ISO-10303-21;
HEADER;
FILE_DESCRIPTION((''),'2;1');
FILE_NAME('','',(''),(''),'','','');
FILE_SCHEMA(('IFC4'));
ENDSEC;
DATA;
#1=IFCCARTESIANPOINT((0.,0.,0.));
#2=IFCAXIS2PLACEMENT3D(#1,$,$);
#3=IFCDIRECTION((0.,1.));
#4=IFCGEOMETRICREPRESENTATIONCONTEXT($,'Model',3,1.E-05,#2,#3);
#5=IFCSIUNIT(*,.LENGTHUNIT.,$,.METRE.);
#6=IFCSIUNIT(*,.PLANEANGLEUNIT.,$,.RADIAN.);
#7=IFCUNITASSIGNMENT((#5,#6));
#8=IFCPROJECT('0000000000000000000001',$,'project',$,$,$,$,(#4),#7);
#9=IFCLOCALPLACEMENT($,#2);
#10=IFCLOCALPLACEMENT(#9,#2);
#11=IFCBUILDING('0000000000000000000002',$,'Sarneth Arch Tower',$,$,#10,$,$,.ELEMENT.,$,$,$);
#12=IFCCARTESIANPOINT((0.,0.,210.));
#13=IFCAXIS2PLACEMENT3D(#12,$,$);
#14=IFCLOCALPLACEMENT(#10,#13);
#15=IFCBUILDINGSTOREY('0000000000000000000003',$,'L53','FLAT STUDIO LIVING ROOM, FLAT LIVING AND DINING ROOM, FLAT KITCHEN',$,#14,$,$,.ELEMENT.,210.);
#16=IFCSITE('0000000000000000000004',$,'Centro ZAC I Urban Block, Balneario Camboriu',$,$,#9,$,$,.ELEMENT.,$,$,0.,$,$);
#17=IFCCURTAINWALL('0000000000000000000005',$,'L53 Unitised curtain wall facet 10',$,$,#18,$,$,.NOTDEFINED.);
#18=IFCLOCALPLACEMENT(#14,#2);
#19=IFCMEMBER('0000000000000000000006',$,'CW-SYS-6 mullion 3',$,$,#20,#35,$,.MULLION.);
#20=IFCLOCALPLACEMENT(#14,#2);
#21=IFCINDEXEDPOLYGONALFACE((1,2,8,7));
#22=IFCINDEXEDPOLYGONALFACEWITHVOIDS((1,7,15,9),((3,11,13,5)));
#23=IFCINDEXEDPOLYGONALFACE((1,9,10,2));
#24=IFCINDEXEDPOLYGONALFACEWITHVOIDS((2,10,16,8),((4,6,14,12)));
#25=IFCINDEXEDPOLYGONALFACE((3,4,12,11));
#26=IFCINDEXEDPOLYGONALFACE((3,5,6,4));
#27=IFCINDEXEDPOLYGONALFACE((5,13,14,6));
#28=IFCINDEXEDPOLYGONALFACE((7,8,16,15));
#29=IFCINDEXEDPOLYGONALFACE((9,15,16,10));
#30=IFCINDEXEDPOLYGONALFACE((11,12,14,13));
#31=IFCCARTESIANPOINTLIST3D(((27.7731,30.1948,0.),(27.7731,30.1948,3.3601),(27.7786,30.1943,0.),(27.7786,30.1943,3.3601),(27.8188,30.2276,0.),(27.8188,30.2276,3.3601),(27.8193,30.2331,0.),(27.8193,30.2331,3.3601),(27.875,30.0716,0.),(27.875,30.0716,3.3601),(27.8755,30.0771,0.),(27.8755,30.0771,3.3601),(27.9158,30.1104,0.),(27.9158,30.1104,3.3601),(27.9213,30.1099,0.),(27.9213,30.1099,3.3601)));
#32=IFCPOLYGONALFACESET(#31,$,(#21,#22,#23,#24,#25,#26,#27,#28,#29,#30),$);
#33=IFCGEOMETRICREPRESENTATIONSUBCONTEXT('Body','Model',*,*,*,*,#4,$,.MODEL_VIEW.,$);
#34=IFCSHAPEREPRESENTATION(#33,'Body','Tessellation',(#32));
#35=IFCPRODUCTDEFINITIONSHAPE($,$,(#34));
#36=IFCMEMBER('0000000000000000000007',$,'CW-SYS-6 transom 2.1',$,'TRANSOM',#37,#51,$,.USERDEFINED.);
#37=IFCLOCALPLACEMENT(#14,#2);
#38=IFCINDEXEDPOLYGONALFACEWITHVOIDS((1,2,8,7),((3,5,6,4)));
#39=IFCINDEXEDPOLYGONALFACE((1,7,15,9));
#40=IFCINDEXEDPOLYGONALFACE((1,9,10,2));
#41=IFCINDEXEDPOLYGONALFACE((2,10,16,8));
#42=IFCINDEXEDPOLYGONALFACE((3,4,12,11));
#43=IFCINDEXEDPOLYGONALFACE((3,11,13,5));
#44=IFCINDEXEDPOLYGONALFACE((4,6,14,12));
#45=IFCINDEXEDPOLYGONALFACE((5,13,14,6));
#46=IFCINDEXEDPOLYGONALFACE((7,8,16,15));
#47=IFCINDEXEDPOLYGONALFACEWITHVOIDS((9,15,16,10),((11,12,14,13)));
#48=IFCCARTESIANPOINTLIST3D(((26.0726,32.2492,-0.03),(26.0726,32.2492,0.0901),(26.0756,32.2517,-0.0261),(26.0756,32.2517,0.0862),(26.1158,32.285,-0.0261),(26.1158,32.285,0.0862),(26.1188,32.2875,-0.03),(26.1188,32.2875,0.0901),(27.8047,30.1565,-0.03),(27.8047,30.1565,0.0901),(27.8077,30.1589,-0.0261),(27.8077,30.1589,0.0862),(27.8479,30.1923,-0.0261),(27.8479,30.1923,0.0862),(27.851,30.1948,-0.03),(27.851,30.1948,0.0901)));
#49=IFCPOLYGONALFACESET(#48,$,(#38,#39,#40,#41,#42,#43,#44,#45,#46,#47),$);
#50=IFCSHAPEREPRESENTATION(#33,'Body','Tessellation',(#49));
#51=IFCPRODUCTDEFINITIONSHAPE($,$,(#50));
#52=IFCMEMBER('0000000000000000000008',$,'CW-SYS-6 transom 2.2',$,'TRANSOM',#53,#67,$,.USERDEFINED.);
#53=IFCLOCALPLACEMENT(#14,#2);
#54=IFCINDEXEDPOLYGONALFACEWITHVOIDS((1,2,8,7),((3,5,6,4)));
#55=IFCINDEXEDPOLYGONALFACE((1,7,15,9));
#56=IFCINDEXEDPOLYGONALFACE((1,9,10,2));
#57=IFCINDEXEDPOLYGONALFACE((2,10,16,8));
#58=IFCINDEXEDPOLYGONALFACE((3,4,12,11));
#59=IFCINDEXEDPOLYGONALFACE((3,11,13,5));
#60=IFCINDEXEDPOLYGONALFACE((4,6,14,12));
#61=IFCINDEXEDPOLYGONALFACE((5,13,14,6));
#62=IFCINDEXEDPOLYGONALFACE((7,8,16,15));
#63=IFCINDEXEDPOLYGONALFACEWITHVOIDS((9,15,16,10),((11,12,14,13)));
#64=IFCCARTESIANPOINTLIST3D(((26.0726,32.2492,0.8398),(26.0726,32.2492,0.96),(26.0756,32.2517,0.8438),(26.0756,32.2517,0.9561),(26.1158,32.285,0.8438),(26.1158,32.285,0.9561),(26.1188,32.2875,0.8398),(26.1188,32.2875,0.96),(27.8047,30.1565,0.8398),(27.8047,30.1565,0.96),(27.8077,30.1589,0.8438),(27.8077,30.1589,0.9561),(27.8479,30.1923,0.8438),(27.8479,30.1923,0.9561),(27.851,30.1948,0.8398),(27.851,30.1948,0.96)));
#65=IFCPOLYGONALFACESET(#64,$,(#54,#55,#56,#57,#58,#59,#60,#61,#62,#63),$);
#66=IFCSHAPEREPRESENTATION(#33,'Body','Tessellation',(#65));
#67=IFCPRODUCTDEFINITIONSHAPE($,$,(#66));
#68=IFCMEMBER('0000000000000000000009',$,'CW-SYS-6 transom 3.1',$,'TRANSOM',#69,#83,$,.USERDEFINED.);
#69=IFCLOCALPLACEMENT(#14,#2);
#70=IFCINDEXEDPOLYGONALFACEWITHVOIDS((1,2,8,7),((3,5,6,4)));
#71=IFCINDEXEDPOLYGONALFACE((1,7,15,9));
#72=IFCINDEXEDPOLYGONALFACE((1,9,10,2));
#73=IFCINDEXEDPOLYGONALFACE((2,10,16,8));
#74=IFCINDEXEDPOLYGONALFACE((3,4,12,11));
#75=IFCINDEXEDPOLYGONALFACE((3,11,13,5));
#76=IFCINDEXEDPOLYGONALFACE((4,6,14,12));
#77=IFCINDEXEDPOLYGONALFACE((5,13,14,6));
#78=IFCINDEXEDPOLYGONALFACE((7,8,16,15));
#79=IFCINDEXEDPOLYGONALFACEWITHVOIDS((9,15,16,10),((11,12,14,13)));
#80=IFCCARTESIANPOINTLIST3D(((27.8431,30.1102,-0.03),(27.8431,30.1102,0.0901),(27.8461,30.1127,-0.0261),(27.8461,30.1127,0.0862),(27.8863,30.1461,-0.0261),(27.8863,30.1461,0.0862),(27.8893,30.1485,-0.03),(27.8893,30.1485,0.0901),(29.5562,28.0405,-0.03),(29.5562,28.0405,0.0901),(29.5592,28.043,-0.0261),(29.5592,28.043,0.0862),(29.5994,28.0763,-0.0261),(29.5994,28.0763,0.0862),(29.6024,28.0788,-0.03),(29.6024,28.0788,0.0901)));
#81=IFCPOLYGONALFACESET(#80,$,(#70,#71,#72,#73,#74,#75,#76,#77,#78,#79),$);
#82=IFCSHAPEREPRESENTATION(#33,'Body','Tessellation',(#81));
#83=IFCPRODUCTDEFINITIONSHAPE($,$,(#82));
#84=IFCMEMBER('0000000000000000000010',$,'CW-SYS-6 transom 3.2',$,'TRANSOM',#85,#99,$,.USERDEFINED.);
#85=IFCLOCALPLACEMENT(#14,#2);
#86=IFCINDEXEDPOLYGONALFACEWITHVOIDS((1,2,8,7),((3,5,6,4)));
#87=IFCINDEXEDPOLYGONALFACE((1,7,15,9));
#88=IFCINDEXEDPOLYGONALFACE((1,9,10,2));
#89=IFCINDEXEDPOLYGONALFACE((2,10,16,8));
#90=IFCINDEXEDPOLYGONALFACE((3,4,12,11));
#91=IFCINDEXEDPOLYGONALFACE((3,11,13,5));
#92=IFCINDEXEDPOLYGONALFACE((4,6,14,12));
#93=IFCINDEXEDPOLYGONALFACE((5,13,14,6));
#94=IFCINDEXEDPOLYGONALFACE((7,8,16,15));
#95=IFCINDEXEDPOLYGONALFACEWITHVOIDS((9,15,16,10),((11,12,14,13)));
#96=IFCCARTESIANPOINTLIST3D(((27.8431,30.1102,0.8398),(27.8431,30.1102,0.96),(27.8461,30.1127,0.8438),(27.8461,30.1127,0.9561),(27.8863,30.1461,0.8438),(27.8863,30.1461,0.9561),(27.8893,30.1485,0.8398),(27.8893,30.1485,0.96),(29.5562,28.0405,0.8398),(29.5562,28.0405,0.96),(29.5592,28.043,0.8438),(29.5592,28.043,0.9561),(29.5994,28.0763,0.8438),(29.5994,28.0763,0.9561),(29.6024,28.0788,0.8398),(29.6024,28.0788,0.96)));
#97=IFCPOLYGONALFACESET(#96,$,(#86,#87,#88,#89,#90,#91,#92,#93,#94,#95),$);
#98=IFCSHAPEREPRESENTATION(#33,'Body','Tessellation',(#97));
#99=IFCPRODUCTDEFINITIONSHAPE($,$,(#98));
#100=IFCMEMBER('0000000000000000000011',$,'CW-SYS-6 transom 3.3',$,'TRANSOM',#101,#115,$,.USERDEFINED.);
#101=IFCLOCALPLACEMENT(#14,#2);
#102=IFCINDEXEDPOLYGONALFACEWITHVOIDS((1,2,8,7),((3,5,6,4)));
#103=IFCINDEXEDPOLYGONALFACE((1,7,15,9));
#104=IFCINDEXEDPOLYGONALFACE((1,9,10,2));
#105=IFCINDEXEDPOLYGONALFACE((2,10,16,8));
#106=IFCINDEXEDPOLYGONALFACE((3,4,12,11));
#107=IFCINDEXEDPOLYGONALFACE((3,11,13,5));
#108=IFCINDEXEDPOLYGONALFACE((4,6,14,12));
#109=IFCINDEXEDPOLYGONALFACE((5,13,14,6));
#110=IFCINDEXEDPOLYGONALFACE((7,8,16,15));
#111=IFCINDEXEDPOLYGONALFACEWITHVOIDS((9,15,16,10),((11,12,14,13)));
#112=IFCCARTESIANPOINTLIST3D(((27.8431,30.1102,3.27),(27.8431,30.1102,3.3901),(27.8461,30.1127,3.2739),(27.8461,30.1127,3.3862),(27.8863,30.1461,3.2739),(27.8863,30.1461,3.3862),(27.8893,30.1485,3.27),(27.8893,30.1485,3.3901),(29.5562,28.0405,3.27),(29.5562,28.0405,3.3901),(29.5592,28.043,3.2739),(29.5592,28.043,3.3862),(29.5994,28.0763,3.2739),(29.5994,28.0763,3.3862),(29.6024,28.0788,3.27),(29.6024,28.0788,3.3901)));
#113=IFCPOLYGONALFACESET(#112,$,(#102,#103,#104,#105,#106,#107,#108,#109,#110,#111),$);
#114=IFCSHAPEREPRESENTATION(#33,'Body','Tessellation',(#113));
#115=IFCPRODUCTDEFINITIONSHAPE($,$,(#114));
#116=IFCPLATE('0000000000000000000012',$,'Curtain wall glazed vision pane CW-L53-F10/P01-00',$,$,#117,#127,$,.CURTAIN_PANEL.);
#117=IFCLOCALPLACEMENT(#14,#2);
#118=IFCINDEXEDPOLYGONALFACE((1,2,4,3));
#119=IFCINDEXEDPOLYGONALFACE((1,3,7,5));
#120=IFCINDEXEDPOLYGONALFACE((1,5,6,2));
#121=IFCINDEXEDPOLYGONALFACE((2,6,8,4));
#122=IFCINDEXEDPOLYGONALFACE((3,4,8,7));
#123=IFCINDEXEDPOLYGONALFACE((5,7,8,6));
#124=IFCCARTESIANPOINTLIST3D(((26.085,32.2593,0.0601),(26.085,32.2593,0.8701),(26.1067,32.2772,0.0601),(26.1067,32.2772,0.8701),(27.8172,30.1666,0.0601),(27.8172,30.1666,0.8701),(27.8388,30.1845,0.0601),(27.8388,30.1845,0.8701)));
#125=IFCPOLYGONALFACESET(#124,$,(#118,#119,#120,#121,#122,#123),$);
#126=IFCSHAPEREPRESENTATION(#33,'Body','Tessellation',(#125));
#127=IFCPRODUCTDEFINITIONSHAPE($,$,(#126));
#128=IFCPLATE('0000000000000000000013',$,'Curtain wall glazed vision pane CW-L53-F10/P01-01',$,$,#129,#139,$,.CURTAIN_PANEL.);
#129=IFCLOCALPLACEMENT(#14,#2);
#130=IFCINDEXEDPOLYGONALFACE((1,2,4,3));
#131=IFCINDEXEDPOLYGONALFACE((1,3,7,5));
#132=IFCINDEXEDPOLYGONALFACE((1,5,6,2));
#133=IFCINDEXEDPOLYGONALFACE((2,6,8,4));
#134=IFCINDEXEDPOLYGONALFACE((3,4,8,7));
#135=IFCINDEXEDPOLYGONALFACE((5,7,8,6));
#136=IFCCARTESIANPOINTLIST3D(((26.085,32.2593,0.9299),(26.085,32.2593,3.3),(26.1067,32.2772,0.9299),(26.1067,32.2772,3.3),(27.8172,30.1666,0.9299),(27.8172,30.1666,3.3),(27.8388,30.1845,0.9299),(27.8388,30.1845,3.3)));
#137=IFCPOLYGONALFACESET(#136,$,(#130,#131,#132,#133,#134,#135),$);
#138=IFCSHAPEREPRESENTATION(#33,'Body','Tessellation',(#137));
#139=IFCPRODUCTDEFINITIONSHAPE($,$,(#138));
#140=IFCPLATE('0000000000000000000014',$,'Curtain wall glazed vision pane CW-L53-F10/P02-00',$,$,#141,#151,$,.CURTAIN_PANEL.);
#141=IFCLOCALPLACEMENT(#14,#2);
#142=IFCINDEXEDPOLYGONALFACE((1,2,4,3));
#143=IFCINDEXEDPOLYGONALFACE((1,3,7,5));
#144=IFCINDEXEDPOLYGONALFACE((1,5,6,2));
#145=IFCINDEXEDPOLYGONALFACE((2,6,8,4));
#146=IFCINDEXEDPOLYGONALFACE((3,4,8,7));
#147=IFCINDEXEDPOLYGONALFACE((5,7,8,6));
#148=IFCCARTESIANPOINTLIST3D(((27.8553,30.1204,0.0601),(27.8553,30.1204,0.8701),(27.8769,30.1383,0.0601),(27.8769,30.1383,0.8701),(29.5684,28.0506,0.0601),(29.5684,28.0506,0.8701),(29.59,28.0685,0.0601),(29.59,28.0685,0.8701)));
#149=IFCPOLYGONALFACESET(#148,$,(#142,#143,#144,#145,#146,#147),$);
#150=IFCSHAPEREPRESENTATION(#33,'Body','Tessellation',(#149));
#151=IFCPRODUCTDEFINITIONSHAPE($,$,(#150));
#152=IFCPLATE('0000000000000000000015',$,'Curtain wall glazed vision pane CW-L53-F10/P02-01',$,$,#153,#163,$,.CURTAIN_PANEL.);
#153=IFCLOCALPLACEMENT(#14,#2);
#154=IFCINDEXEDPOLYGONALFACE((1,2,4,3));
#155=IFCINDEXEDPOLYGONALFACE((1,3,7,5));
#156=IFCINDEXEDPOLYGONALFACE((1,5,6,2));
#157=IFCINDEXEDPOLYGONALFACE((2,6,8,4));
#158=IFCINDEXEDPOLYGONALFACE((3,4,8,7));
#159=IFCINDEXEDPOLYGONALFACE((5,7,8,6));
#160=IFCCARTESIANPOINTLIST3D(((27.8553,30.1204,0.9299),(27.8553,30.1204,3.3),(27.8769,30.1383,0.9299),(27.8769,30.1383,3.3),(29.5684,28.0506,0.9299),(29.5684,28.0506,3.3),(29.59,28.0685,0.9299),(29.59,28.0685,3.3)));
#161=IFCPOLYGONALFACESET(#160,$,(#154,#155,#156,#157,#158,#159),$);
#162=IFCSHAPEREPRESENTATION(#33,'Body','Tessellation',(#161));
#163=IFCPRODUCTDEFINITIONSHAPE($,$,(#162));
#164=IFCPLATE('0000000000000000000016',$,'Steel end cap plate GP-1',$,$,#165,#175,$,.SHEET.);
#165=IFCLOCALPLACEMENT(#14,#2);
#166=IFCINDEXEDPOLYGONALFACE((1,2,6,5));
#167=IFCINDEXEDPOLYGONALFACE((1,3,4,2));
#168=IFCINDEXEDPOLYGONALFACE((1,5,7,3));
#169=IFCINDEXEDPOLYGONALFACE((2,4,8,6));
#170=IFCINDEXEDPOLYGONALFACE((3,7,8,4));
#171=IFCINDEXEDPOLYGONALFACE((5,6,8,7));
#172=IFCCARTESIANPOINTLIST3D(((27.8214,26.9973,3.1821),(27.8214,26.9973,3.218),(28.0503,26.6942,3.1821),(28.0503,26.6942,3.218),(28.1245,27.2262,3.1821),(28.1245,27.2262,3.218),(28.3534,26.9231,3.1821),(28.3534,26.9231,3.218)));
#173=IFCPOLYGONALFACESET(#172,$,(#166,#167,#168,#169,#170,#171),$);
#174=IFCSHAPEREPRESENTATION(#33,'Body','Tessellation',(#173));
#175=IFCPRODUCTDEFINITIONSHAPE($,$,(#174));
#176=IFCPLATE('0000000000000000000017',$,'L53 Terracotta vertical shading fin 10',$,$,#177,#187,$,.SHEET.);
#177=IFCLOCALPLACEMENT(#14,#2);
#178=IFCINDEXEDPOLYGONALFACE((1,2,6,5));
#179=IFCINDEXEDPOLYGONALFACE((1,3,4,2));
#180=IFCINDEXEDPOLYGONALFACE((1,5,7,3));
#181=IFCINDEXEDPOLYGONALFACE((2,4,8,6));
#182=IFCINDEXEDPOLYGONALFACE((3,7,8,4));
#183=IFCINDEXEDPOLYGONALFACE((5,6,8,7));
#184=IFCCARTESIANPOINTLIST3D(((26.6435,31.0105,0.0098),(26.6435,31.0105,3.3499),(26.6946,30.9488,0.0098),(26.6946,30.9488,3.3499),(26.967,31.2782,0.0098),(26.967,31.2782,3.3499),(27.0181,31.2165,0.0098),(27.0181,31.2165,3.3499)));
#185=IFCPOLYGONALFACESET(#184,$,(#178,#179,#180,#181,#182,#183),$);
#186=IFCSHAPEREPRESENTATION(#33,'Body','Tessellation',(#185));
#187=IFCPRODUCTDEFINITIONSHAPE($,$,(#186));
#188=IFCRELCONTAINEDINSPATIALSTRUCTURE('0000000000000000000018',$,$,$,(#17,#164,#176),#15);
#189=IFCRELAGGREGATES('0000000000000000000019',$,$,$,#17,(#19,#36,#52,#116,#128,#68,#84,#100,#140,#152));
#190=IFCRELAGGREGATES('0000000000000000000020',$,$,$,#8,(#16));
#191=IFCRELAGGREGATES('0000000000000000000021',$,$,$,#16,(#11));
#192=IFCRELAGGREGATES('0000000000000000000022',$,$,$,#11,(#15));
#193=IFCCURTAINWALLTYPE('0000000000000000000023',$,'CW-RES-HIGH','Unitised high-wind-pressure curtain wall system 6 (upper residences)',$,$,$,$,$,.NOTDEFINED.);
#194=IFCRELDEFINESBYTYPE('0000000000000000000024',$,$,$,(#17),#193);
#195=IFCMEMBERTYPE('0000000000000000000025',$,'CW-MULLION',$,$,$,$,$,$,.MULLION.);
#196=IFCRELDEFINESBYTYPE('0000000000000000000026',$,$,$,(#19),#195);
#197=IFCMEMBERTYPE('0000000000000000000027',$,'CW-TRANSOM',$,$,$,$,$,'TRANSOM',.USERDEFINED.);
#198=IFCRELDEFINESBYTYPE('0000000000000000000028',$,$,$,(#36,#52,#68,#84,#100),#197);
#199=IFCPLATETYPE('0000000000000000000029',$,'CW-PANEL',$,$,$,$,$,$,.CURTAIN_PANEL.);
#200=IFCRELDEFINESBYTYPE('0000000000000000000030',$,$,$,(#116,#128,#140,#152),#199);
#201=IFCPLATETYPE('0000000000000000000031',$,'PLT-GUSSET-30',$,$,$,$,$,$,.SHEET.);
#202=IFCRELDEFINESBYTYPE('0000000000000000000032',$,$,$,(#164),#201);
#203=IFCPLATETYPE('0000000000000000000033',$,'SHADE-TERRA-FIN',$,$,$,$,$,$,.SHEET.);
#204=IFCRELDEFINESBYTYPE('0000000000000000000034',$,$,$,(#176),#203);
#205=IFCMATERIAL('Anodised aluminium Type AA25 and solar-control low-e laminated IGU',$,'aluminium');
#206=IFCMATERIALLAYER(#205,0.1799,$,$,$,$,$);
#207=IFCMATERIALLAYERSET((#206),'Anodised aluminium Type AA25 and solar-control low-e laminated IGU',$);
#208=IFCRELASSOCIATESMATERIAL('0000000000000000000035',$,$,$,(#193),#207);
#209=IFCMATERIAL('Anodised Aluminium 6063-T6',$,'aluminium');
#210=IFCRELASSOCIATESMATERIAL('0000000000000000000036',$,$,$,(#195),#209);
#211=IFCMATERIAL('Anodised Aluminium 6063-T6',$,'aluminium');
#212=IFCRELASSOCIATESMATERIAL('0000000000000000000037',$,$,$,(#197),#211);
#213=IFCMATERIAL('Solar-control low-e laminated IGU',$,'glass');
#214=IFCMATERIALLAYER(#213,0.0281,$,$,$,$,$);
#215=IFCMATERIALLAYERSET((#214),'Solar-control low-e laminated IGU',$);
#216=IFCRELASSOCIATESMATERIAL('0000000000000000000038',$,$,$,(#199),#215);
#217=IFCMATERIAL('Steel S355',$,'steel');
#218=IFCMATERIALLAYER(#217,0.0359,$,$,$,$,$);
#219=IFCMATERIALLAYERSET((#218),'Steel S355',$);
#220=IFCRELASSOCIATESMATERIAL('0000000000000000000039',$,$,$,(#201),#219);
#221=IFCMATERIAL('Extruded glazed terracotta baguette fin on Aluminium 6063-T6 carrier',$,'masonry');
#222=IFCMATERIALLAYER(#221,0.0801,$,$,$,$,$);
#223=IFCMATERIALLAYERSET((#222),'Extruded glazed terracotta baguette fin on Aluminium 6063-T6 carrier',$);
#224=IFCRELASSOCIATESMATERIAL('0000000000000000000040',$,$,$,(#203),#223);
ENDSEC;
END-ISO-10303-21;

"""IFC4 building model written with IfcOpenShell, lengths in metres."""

from ifc_helpers import new_model, si_unit, direction, frame, origin, origin_2d, place, context, subcontext, project, spatial, rectangle, hollow_rectangle, extrude, material, layer, layer_set, material_profile, profile_set, type_object, element, aggregate, save


model = new_model("IFC4")

# Units and contexts
model_context = context("Model", 3, precision=1e-05, world=origin(), true_north=direction((0.0, 1.0)))
body_context = subcontext(model_context, "Body", "Model", "MODEL_VIEW")
ifc_project = project(units=[si_unit("LENGTHUNIT", "METRE"), si_unit("PLANEANGLEUNIT", "RADIAN")], contexts=[model_context])

# Site, building, storey
site_placement = place(None, origin())
site = spatial("IfcSite", under=ifc_project, at=site_placement, Name="Centro ZAC I Urban Block, Balneario Camboriu", CompositionType="ELEMENT", RefElevation=0.0)
building_placement = place(site_placement, origin())
building = spatial("IfcBuilding", under=site, at=building_placement, Name="Sarneth Arch Tower", CompositionType="ELEMENT")
storey_placement = place(building_placement, frame((0.0, 0.0, 210.0)))
storey = spatial("IfcBuildingStorey", under=building, at=storey_placement, Name="L53", Description="FLAT STUDIO LIVING ROOM, FLAT LIVING AND DINING ROOM, FLAT KITCHEN", CompositionType="ELEMENT", Elevation=210.0)

# Curtain wall, members, plates
ifc_material_1 = material(Name="Anodised aluminium Type AA25 and solar-control low-e laminated IGU", Category="aluminium")
ifc_layer_1 = layer(ifc_material_1, 0.1799)
ifc_layer_set_1 = layer_set([ifc_layer_1], Name="Anodised aluminium Type AA25 and solar-control low-e laminated IGU")
curtain_wall_type = type_object("IfcCurtainWallType", Name="CW-RES-HIGH", Description="Unitised high-wind-pressure curtain wall system 6 (upper residences)", PredefinedType="NOTDEFINED", material=ifc_layer_set_1)
curtain_wall_placement = place(storey_placement, origin())
curtain_wall = element("IfcCurtainWall", 1, at=curtain_wall_placement, inside=storey, type_object=curtain_wall_type, Name="L53 Unitised curtain wall facet 10", PredefinedType="NOTDEFINED")
ifc_material_2 = material(Name="Anodised Aluminium 6063-T6", Category="aluminium")
ifc_material_profile_1 = material_profile(ifc_material_2, hollow_rectangle(XDim=0.0601, YDim=0.1599, WallThickness=0.0039, at=origin_2d()), Name="AL-MULL-160x60x4")
ifc_profile_set_1 = profile_set([ifc_material_profile_1], Name="Anodised Aluminium 6063-T6")
member_type_1 = type_object("IfcMemberType", Name="CW-MULLION", PredefinedType="MULLION", material=ifc_profile_set_1)
member_1_placement = place(storey_placement, frame((27.8472, 30.1523, 0.0), z_axis=(0.0, 0.0, 1.0), x_axis=(0.770359, 0.63761, 0.0)))
member_1 = element("IfcMember", 2, at=member_1_placement, type_object=member_type_1, Name="CW-SYS-6 mullion 3", PredefinedType="MULLION", context=body_context, shape_type="SweptSolid", body=[
    extrude(hollow_rectangle(XDim=0.0601, YDim=0.1599, WallThickness=0.0039, at=origin_2d()), origin(), (0.0, 0.0, 1.0), 3.3601),
])
ifc_material_3 = material(Name="Anodised Aluminium 6063-T6", Category="aluminium")
ifc_material_profile_2 = material_profile(ifc_material_3, hollow_rectangle(XDim=0.0601, YDim=0.1201, WallThickness=0.0039, at=origin_2d()), Name="AL-TRAN-120x60x4")
ifc_profile_set_2 = profile_set([ifc_material_profile_2], Name="Anodised Aluminium 6063-T6")
member_type_2 = type_object("IfcMemberType", Name="CW-TRANSOM", ElementType="TRANSOM", PredefinedType="USERDEFINED", material=ifc_profile_set_2)
member_2_placement = place(storey_placement, frame((26.0957, 32.2683, 0.03), z_axis=(0.637617, -0.770353, 0.0), x_axis=(0.770353, 0.637617, 0.0)))
member_2 = element("IfcMember", 3, at=member_2_placement, type_object=member_type_2, Name="CW-SYS-6 transom 2.1", ObjectType="TRANSOM", PredefinedType="USERDEFINED", context=body_context, shape_type="SweptSolid", body=[
    extrude(hollow_rectangle(XDim=0.0601, YDim=0.1201, WallThickness=0.0039, at=origin_2d()), origin(), (0.0, 0.0, 1.0), 2.7166),
])
member_3_placement = place(storey_placement, frame((26.0957, 32.2683, 0.8999), z_axis=(0.637617, -0.770353, 0.0), x_axis=(0.770353, 0.637617, 0.0)))
member_3 = element("IfcMember", 4, at=member_3_placement, type_object=member_type_2, Name="CW-SYS-6 transom 2.2", ObjectType="TRANSOM", PredefinedType="USERDEFINED", context=body_context, shape_type="SweptSolid", body=[
    extrude(hollow_rectangle(XDim=0.0601, YDim=0.1201, WallThickness=0.0039, at=origin_2d()), origin(), (0.0, 0.0, 1.0), 2.7166),
])
member_4_placement = place(storey_placement, frame((27.8662, 30.1294, 0.03), z_axis=(0.637607, -0.770362, 0.0), x_axis=(0.770362, 0.637607, 0.0)))
member_4 = element("IfcMember", 5, at=member_4_placement, type_object=member_type_2, Name="CW-SYS-6 transom 3.1", ObjectType="TRANSOM", PredefinedType="USERDEFINED", context=body_context, shape_type="SweptSolid", body=[
    extrude(hollow_rectangle(XDim=0.0601, YDim=0.1201, WallThickness=0.0039, at=origin_2d()), origin(), (0.0, 0.0, 1.0), 2.6868),
])
member_5_placement = place(storey_placement, frame((27.8662, 30.1294, 0.8999), z_axis=(0.637607, -0.770362, 0.0), x_axis=(0.770362, 0.637607, 0.0)))
member_5 = element("IfcMember", 6, at=member_5_placement, type_object=member_type_2, Name="CW-SYS-6 transom 3.2", ObjectType="TRANSOM", PredefinedType="USERDEFINED", context=body_context, shape_type="SweptSolid", body=[
    extrude(hollow_rectangle(XDim=0.0601, YDim=0.1201, WallThickness=0.0039, at=origin_2d()), origin(), (0.0, 0.0, 1.0), 2.6868),
])
member_6_placement = place(storey_placement, frame((27.8662, 30.1294, 3.3301), z_axis=(0.637607, -0.770362, 0.0), x_axis=(0.770362, 0.637607, 0.0)))
member_6 = element("IfcMember", 7, at=member_6_placement, type_object=member_type_2, Name="CW-SYS-6 transom 3.3", ObjectType="TRANSOM", PredefinedType="USERDEFINED", context=body_context, shape_type="SweptSolid", body=[
    extrude(hollow_rectangle(XDim=0.0601, YDim=0.1201, WallThickness=0.0039, at=origin_2d()), origin(), (0.0, 0.0, 1.0), 2.6868),
])
ifc_material_4 = material(Name="Solar-control low-e laminated IGU", Category="glass")
ifc_layer_2 = layer(ifc_material_4, 0.0281)
ifc_layer_set_2 = layer_set([ifc_layer_2], Name="Solar-control low-e laminated IGU")
plate_type_1 = type_object("IfcPlateType", Name="CW-PANEL", PredefinedType="CURTAIN_PANEL", material=ifc_layer_set_2)
plate_1_placement = place(storey_placement, frame((26.9619, 31.2219, 0.0601), z_axis=(0.0, 0.0, 1.0), x_axis=(0.63761, -0.770359, 0.0)))
plate_1 = element("IfcPlate", 8, at=plate_1_placement, type_object=plate_type_1, Name="Curtain wall glazed vision pane CW-L53-F10/P01-00", PredefinedType="CURTAIN_PANEL", context=body_context, shape_type="SweptSolid", body=[
    extrude(rectangle(XDim=2.7166, YDim=0.0281, at=origin_2d()), origin(), (0.0, 0.0, 1.0), 0.8101),
])
plate_2_placement = place(storey_placement, frame((26.9619, 31.2219, 0.9299), z_axis=(0.0, 0.0, 1.0), x_axis=(0.63761, -0.770359, 0.0)))
plate_2 = element("IfcPlate", 9, at=plate_2_placement, type_object=plate_type_1, Name="Curtain wall glazed vision pane CW-L53-F10/P01-01", PredefinedType="CURTAIN_PANEL", context=body_context, shape_type="SweptSolid", body=[
    extrude(rectangle(XDim=2.7166, YDim=0.0281, at=origin_2d()), origin(), (0.0, 0.0, 1.0), 2.3701),
])
plate_3_placement = place(storey_placement, frame((28.7227, 29.0945, 0.0601), z_axis=(0.0, 0.0, 1.0), x_axis=(0.63761, -0.770359, 0.0)))
plate_3 = element("IfcPlate", 10, at=plate_3_placement, type_object=plate_type_1, Name="Curtain wall glazed vision pane CW-L53-F10/P02-00", PredefinedType="CURTAIN_PANEL", context=body_context, shape_type="SweptSolid", body=[
    extrude(rectangle(XDim=2.6868, YDim=0.0281, at=origin_2d()), origin(), (0.0, 0.0, 1.0), 0.8101),
])
plate_4_placement = place(storey_placement, frame((28.7227, 29.0945, 0.9299), z_axis=(0.0, 0.0, 1.0), x_axis=(0.63761, -0.770359, 0.0)))
plate_4 = element("IfcPlate", 11, at=plate_4_placement, type_object=plate_type_1, Name="Curtain wall glazed vision pane CW-L53-F10/P02-01", PredefinedType="CURTAIN_PANEL", context=body_context, shape_type="SweptSolid", body=[
    extrude(rectangle(XDim=2.6868, YDim=0.0281, at=origin_2d()), origin(), (0.0, 0.0, 1.0), 2.3701),
])
aggregate(curtain_wall, [member_1, member_2, member_3, plate_1, plate_2, member_4, member_5, member_6, plate_3, plate_4])

# Plates
ifc_material_5 = material(Name="Steel S355", Category="steel")
ifc_layer_3 = layer(ifc_material_5, 0.0359)
ifc_layer_set_3 = layer_set([ifc_layer_3], Name="Steel S355")
plate_type_2 = type_object("IfcPlateType", Name="PLT-GUSSET-30", PredefinedType="SHEET", material=ifc_layer_set_3)
plate_5_placement = place(storey_placement, frame((28.0874, 26.9602, 3.1821), z_axis=(0.0, 0.0, 1.0), x_axis=(-0.798005, -0.602651, 0.0)))
element("IfcPlate", 12, at=plate_5_placement, inside=storey, type_object=plate_type_2, Name="Steel end cap plate GP-1", PredefinedType="SHEET", context=body_context, shape_type="SweptSolid", body=[
    extrude(rectangle(XDim=0.3799, YDim=0.3799, at=origin_2d()), origin(), (0.0, 0.0, 1.0), 0.0359),
])
ifc_material_6 = material(Name="Extruded glazed terracotta baguette fin on Aluminium 6063-T6 carrier", Category="masonry")
ifc_layer_4 = layer(ifc_material_6, 0.0801)
ifc_layer_set_4 = layer_set([ifc_layer_4], Name="Extruded glazed terracotta baguette fin on Aluminium 6063-T6 carrier")
plate_type_3 = type_object("IfcPlateType", Name="SHADE-TERRA-FIN", PredefinedType="SHEET", material=ifc_layer_set_4)
plate_6_placement = place(storey_placement, frame((26.8308, 31.1135, 0.0098), z_axis=(0.0, 0.0, 1.0), x_axis=(-0.770402, -0.637558, 0.0)))
element("IfcPlate", 13, at=plate_6_placement, inside=storey, type_object=plate_type_3, Name="L53 Terracotta vertical shading fin 10", PredefinedType="SHEET", context=body_context, shape_type="SweptSolid", body=[
    extrude(rectangle(XDim=0.4199, YDim=0.0801, at=origin_2d()), origin(), (0.0, 0.0, 1.0), 3.3401),
])

save(model, "model.ifc")
